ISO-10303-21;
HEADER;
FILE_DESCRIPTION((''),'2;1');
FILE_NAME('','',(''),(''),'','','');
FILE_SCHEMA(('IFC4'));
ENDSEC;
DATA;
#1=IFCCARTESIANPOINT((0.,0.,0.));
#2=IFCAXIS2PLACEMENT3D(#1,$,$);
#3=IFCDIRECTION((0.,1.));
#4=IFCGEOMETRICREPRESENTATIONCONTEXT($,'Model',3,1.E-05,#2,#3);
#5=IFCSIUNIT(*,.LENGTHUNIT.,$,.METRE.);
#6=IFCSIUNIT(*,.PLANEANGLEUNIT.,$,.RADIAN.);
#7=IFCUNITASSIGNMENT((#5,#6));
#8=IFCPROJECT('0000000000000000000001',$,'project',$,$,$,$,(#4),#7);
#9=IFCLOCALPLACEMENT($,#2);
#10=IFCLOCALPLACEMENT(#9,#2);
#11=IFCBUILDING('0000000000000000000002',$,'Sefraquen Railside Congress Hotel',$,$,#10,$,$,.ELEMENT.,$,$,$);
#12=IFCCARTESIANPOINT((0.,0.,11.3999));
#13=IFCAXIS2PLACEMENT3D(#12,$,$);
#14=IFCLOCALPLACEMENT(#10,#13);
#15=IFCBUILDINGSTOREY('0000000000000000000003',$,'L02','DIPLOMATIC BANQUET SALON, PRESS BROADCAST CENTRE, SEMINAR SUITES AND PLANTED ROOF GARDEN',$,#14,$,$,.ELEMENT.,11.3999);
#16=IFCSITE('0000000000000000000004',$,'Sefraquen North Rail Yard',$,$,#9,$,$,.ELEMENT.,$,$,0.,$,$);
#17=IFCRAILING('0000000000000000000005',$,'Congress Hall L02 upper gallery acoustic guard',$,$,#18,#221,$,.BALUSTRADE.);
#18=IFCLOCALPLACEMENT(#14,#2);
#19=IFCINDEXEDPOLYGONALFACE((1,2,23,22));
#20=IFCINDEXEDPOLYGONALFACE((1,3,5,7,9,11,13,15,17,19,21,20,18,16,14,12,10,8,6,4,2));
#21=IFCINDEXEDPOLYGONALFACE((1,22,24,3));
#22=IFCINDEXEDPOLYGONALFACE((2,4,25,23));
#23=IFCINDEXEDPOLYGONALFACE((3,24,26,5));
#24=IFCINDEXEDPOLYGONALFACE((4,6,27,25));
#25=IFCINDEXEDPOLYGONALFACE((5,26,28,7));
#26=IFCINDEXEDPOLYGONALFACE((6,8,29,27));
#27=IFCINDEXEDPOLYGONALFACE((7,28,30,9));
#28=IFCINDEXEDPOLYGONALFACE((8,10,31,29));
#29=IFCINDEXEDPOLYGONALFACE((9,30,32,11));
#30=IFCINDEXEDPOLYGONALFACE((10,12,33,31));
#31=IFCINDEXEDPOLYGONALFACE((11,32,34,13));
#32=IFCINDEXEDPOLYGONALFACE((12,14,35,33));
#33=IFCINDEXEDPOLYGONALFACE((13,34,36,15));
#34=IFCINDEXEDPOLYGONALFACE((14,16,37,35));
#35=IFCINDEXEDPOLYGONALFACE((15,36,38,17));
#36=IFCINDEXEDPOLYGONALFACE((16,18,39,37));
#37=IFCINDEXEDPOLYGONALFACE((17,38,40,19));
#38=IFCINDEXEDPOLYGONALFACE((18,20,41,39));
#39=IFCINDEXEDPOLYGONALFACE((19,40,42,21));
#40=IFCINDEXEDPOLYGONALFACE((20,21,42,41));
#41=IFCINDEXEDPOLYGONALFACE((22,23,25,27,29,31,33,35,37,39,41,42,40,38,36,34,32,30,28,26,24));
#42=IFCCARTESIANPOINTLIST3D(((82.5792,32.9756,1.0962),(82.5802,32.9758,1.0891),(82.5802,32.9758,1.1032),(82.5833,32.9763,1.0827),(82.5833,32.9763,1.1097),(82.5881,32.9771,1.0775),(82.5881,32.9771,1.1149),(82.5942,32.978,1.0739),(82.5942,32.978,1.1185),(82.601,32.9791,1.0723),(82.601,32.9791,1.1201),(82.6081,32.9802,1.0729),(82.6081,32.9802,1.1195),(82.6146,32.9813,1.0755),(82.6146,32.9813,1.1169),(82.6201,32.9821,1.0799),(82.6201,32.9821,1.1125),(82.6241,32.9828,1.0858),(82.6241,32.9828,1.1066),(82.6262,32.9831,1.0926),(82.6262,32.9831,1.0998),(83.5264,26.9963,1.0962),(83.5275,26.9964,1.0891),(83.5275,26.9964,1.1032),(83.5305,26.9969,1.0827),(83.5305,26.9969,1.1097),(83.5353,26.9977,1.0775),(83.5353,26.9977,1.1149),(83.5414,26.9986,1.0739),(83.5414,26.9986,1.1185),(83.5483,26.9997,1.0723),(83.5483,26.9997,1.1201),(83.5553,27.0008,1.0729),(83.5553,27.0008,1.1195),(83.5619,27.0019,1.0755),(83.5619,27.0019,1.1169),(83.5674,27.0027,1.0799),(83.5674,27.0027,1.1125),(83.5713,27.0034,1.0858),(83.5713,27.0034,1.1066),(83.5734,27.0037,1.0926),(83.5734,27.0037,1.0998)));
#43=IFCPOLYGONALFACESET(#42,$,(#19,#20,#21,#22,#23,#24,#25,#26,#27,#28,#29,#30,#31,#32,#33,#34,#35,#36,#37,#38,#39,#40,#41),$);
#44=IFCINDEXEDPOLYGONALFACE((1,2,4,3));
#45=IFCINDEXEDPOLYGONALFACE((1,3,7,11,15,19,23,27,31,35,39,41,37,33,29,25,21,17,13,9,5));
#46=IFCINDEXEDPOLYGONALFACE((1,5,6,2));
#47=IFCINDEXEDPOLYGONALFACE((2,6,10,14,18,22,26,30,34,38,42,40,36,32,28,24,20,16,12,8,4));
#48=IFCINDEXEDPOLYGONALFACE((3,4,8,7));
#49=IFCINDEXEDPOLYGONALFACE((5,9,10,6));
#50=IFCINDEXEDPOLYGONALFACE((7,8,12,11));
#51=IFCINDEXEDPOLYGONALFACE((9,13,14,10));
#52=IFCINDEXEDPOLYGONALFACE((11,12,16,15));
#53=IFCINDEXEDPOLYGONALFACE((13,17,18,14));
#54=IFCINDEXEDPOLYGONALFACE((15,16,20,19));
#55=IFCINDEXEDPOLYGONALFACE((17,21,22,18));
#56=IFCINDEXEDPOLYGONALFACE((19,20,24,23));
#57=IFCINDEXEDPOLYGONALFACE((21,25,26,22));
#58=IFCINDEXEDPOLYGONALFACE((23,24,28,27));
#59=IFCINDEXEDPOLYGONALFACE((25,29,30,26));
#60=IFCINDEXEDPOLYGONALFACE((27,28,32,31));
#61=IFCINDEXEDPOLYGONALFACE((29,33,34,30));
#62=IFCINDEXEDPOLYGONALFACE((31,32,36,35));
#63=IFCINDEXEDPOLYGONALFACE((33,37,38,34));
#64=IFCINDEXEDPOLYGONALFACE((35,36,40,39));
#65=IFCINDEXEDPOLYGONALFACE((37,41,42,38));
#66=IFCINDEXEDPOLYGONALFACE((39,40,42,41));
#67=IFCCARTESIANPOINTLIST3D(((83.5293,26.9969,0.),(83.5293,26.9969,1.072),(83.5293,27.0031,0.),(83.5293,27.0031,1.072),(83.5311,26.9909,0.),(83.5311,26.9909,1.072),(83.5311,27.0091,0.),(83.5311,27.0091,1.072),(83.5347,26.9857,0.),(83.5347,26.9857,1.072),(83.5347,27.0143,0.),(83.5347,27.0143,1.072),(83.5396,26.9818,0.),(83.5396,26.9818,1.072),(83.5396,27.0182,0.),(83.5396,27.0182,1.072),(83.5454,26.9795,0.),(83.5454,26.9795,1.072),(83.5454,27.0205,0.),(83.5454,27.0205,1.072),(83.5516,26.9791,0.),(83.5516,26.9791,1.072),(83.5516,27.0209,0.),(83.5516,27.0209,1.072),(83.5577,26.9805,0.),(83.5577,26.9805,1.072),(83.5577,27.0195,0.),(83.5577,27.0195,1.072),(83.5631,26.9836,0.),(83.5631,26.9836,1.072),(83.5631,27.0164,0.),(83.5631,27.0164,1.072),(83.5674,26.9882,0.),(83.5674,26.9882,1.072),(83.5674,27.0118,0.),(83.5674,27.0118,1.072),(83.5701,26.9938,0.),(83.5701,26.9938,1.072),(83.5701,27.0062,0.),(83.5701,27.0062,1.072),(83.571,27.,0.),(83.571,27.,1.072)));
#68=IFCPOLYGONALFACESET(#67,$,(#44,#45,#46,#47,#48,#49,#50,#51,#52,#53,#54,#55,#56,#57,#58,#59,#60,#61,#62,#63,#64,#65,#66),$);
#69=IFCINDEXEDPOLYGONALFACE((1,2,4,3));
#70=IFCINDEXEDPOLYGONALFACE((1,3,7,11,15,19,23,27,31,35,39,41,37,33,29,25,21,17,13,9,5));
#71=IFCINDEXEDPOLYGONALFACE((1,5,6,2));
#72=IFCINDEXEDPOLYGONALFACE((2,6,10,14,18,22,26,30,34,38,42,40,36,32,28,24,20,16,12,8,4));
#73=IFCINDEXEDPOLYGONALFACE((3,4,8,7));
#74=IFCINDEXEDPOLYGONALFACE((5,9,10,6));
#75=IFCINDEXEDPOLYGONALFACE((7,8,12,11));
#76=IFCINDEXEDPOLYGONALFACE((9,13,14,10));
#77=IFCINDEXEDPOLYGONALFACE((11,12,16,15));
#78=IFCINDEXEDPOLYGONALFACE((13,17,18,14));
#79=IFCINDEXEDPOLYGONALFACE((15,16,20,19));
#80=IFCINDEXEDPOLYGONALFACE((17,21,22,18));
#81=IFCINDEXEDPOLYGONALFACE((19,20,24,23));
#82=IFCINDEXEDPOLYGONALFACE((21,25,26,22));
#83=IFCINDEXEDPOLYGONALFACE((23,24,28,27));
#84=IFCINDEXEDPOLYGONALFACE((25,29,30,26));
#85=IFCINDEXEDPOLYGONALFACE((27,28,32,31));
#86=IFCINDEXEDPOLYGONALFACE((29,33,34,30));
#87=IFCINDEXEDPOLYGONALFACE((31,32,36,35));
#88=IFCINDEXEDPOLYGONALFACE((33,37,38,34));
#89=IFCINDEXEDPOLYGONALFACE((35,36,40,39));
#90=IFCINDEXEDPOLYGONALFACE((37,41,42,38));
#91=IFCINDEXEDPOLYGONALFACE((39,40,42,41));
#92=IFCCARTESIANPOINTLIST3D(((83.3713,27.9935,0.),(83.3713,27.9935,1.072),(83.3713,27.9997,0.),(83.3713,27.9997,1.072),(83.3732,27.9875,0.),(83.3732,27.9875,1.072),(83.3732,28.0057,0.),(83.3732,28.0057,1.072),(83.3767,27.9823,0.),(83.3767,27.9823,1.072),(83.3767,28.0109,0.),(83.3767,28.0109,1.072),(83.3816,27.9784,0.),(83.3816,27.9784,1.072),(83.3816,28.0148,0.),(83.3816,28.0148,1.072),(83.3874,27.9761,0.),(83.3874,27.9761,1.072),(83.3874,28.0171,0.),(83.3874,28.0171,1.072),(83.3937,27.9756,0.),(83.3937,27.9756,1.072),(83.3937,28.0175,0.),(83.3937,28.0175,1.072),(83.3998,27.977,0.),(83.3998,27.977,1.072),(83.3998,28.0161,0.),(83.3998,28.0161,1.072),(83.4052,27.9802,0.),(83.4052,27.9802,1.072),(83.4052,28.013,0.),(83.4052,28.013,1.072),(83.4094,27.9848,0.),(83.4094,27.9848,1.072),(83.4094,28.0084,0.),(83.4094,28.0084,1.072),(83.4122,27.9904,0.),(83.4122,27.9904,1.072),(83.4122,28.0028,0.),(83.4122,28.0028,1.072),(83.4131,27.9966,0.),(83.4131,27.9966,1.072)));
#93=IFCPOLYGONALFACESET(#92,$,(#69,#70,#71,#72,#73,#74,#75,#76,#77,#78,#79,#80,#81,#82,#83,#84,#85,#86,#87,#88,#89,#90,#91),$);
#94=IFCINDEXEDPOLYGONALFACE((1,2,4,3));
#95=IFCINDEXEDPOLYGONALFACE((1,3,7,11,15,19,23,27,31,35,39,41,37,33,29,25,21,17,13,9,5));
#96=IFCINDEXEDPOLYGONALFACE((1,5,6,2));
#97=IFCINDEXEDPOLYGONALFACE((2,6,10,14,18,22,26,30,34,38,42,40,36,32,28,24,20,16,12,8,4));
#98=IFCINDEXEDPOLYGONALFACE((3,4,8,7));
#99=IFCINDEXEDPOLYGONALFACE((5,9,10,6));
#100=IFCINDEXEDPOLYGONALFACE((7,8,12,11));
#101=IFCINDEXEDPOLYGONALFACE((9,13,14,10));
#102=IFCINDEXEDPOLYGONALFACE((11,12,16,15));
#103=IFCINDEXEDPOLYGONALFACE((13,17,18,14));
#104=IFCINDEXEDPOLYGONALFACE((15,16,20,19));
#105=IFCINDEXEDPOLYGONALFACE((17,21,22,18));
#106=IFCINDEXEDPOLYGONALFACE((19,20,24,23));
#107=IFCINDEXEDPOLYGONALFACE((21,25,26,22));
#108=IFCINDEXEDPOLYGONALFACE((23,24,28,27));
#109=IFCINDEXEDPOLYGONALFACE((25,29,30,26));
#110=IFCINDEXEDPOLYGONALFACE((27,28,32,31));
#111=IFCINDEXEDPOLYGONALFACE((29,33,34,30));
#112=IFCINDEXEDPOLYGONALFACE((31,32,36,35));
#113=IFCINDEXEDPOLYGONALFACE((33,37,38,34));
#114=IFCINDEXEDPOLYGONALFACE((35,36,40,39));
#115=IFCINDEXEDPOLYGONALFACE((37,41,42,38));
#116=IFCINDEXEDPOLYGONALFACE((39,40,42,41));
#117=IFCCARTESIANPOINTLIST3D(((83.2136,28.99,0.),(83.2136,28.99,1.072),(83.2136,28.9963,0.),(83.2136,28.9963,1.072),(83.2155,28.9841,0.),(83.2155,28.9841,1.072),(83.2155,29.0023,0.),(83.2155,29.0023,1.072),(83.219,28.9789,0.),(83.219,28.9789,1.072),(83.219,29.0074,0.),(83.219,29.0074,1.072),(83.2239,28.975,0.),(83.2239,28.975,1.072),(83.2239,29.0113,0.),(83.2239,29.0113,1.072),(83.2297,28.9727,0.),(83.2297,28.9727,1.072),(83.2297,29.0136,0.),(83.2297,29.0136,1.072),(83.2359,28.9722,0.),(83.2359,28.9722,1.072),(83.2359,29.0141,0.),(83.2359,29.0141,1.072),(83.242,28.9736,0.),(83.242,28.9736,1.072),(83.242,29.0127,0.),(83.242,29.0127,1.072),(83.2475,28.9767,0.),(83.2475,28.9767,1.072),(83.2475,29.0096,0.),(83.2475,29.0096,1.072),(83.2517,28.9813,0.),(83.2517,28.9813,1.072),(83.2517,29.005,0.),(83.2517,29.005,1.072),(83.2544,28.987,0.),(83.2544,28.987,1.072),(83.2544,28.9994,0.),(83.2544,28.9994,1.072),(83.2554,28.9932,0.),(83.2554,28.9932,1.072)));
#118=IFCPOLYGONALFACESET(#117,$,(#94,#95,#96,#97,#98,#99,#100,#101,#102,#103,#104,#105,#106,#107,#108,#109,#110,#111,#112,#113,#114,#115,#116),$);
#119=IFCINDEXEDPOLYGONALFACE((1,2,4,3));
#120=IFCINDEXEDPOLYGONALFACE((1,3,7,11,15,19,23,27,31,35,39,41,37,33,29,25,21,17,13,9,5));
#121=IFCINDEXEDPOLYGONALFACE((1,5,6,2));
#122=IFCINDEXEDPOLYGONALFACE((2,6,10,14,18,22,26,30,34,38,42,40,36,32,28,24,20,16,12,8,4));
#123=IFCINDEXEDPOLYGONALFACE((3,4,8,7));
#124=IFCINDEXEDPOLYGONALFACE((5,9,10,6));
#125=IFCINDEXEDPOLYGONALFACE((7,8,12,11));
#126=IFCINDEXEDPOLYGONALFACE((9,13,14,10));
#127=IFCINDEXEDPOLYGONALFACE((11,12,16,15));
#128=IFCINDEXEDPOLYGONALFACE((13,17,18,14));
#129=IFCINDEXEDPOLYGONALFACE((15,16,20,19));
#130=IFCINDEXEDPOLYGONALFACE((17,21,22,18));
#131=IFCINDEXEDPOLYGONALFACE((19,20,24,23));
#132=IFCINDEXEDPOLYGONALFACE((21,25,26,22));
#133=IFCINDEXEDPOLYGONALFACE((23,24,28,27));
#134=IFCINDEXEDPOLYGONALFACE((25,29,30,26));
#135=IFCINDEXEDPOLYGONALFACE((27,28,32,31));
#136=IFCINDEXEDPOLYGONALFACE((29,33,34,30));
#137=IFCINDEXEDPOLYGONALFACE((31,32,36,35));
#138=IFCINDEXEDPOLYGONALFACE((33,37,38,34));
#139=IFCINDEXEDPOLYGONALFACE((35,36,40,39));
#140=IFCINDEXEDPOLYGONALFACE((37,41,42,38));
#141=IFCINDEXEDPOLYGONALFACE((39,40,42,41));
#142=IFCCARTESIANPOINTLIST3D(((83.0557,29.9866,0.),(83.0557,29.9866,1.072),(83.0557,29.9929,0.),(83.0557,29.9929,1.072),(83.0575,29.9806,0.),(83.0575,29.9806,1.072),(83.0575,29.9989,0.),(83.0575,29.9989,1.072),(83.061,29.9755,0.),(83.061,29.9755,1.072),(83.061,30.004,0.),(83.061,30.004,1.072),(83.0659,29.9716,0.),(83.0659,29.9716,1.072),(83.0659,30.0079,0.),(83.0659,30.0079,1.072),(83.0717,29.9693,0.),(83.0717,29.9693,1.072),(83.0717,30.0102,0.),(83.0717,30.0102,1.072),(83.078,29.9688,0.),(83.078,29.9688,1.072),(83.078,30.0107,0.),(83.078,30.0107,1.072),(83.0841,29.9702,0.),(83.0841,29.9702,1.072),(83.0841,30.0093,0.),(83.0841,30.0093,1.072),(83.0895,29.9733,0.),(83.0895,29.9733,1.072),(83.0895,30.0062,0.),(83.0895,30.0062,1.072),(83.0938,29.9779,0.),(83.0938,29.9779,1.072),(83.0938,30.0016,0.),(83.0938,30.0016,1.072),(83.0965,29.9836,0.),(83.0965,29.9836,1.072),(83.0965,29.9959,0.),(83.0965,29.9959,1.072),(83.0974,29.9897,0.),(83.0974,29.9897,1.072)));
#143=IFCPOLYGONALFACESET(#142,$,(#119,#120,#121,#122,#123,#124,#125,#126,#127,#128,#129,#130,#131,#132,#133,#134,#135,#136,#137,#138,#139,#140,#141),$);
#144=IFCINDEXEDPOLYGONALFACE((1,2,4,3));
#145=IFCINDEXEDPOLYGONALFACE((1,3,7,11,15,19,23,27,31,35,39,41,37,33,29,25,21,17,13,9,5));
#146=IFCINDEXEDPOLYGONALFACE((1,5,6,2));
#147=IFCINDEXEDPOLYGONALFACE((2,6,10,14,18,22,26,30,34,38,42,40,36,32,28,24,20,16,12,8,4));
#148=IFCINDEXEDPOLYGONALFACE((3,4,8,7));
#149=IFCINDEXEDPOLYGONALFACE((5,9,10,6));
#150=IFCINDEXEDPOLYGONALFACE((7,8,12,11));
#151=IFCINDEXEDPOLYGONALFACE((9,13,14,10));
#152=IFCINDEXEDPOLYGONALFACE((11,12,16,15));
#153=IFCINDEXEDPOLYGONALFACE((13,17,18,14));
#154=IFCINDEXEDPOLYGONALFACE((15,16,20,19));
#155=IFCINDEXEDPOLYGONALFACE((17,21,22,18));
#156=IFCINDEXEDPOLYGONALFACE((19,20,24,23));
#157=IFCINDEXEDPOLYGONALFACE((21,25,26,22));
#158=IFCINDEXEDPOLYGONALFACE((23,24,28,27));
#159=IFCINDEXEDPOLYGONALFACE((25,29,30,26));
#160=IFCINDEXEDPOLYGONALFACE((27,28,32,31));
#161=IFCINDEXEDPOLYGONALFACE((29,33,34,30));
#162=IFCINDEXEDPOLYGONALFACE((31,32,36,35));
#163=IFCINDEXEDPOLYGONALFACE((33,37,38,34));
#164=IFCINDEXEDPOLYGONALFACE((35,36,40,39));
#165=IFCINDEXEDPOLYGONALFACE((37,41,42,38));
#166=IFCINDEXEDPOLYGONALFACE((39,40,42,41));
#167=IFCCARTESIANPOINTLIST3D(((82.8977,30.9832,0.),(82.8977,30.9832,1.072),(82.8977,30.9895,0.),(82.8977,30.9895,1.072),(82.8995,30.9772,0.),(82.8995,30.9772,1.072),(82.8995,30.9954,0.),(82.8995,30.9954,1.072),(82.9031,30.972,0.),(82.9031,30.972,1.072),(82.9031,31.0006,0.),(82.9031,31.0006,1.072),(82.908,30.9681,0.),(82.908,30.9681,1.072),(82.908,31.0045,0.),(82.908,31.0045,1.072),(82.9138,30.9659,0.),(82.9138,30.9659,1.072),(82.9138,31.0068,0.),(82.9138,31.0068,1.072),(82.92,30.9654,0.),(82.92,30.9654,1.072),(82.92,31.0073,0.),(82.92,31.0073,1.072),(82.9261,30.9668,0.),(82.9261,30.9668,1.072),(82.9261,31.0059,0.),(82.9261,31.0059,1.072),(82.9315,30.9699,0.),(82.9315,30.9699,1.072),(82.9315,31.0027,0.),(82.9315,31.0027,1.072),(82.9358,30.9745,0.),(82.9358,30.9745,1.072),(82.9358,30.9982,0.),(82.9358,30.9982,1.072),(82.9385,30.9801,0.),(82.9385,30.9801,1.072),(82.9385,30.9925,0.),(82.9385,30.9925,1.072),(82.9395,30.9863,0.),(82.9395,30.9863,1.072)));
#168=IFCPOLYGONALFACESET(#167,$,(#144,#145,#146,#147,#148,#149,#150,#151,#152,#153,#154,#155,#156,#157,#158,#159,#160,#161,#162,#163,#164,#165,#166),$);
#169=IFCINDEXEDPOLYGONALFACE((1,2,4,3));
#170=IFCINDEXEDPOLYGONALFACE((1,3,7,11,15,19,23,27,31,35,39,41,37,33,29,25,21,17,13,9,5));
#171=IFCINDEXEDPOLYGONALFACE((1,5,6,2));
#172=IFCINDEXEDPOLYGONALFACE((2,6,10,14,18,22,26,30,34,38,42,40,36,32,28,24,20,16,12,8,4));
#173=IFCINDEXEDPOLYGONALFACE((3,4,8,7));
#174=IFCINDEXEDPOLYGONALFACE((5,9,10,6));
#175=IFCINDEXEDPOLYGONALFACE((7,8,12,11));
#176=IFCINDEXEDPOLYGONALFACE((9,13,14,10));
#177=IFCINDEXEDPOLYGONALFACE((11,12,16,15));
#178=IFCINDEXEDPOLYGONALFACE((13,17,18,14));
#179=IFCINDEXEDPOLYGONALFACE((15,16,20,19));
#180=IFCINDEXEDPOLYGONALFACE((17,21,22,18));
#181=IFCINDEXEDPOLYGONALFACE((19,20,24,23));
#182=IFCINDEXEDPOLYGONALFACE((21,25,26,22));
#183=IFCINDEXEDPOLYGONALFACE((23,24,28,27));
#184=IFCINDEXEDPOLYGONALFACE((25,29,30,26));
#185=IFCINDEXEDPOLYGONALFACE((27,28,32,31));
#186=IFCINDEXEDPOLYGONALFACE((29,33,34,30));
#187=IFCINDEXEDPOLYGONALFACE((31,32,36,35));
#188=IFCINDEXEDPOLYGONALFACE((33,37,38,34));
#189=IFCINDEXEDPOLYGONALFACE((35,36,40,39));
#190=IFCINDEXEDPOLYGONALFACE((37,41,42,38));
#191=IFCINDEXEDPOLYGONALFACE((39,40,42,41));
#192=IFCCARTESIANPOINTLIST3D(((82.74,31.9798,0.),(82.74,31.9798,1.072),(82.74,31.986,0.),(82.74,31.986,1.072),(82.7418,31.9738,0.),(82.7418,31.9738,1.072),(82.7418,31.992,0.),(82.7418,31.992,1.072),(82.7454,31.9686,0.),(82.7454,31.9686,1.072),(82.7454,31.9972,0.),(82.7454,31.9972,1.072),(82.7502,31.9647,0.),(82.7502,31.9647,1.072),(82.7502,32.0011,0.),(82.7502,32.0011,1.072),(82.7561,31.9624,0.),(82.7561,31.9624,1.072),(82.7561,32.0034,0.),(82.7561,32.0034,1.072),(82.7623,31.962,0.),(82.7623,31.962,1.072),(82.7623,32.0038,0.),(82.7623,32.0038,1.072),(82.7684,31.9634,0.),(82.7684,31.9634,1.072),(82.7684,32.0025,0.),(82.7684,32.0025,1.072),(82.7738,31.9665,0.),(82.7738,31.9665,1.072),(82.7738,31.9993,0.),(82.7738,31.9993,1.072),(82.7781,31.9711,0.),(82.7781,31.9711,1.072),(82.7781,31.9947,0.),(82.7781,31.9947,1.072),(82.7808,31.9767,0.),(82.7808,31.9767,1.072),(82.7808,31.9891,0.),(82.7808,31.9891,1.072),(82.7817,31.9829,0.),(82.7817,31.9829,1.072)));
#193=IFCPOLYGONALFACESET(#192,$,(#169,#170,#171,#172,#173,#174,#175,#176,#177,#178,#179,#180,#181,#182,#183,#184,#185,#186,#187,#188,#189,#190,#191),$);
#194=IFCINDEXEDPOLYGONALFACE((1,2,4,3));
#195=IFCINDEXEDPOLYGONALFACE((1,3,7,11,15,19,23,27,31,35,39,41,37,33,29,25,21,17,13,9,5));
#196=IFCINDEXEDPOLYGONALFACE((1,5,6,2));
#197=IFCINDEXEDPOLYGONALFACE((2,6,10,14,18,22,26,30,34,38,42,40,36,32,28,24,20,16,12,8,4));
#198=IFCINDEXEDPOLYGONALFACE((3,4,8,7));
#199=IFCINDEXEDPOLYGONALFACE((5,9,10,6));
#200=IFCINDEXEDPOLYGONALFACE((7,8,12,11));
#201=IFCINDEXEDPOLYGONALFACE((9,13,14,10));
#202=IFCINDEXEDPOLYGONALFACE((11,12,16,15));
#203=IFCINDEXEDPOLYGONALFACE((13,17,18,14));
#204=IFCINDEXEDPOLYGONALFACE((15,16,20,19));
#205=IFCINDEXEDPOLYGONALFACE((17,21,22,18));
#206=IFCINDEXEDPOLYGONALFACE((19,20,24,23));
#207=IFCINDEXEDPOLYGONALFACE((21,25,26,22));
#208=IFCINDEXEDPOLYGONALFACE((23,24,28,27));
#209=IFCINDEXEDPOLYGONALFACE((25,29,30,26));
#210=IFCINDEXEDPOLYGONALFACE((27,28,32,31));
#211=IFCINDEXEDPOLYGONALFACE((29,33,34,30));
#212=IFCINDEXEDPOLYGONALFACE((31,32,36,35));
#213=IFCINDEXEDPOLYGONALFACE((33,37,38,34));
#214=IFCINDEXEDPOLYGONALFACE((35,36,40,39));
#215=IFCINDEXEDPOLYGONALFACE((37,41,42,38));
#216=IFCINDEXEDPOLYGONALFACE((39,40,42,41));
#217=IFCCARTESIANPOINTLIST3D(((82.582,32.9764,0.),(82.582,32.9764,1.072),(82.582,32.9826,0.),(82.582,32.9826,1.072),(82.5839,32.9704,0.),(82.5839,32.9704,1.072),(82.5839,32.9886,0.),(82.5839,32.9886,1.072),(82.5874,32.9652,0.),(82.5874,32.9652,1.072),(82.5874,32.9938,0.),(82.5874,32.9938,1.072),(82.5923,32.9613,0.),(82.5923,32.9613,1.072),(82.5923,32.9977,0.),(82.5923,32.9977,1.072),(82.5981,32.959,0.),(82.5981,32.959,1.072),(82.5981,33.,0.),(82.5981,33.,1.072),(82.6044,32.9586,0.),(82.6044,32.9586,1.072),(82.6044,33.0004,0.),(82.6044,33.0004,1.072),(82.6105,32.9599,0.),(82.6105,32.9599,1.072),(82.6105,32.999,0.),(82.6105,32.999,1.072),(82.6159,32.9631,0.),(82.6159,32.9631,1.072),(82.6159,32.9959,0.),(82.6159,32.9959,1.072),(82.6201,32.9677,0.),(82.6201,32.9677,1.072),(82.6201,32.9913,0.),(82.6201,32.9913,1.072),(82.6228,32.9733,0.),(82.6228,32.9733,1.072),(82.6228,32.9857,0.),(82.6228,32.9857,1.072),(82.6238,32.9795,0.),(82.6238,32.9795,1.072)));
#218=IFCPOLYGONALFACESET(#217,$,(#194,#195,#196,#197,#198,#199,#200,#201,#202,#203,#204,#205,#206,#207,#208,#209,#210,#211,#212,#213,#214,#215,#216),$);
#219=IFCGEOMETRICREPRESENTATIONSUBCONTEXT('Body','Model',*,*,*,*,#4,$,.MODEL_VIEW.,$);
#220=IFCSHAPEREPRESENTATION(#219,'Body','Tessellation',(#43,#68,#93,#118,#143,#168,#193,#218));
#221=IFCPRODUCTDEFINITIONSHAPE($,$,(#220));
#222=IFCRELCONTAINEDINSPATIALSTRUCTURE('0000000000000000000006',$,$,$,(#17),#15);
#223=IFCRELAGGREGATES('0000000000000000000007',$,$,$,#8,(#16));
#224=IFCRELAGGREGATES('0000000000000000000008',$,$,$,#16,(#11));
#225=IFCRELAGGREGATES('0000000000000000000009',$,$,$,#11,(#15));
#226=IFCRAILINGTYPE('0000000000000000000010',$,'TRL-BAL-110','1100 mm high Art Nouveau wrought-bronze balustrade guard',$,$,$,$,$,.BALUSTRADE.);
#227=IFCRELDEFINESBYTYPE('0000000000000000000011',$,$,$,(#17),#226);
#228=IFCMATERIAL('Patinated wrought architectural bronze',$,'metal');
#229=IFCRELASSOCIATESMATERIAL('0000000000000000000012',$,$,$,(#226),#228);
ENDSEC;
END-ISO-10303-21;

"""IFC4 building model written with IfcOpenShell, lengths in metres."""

from ifc_helpers import new_model, si_unit, direction, frame, origin, origin_2d, place, context, subcontext, project, spatial, circle, extrude, material, type_object, element, save


model = new_model("IFC4")

# Units and contexts
model_context = context("Model", 3, precision=1e-05, world=origin(), true_north=direction((0.0, 1.0)))
body_context = subcontext(model_context, "Body", "Model", "MODEL_VIEW")
ifc_project = project(units=[si_unit("LENGTHUNIT", "METRE"), si_unit("PLANEANGLEUNIT", "RADIAN")], contexts=[model_context])

# Site, building, storey
site_placement = place(None, origin())
site = spatial("IfcSite", under=ifc_project, at=site_placement, Name="Sefraquen North Rail Yard", CompositionType="ELEMENT", RefElevation=0.0)
building_placement = place(site_placement, origin())
building = spatial("IfcBuilding", under=site, at=building_placement, Name="Sefraquen Railside Congress Hotel", CompositionType="ELEMENT")
storey_placement = place(building_placement, frame((0.0, 0.0, 11.3999)))
storey = spatial("IfcBuildingStorey", under=building, at=storey_placement, Name="L02", Description="DIPLOMATIC BANQUET SALON, PRESS BROADCAST CENTRE, SEMINAR SUITES AND PLANTED ROOF GARDEN", CompositionType="ELEMENT", Elevation=11.3999)

# Railing
ifc_material_1 = material(Name="Patinated wrought architectural bronze", Category="metal")
railing_type = type_object("IfcRailingType", Name="TRL-BAL-110", Description="1100 mm high Art Nouveau wrought-bronze balustrade guard", PredefinedType="BALUSTRADE", material=ifc_material_1)
railing_1_placement = place(storey_placement, frame((83.55, 27.0, 0.0)))
element("IfcRailing", 1, at=railing_1_placement, inside=storey, type_object=railing_type, Name="Congress Hall L02 upper gallery acoustic guard", PredefinedType="BALUSTRADE", context=body_context, shape_type="SweptSolid", body=[
    extrude(circle(Radius=0.0239, at=origin_2d()), frame((0.0, 0.0, 1.0962), z_axis=(-0.156468, 0.987683, 0.0), x_axis=(-0.987683, -0.156468, 0.0)), (0.0, 0.0, 1.0), 6.054),
    extrude(circle(Radius=0.021, at=origin_2d()), origin(), (0.0, 0.0, 1.0), 1.072),
    extrude(circle(Radius=0.021, at=origin_2d()), frame((-0.158, 0.9966, 0.0)), (0.0, 0.0, 1.0), 1.072),
    extrude(circle(Radius=0.021, at=origin_2d()), frame((-0.3157, 1.9932, 0.0)), (0.0, 0.0, 1.0), 1.072),
    extrude(circle(Radius=0.021, at=origin_2d()), frame((-0.4736, 2.9897, 0.0)), (0.0, 0.0, 1.0), 1.072),
    extrude(circle(Radius=0.021, at=origin_2d()), frame((-0.6316, 3.9863, 0.0)), (0.0, 0.0, 1.0), 1.072),
    extrude(circle(Radius=0.021, at=origin_2d()), frame((-0.7893, 4.9829, 0.0)), (0.0, 0.0, 1.0), 1.072),
    extrude(circle(Radius=0.021, at=origin_2d()), frame((-0.9473, 5.9795, 0.0)), (0.0, 0.0, 1.0), 1.072),
])

save(model, "model.ifc")
